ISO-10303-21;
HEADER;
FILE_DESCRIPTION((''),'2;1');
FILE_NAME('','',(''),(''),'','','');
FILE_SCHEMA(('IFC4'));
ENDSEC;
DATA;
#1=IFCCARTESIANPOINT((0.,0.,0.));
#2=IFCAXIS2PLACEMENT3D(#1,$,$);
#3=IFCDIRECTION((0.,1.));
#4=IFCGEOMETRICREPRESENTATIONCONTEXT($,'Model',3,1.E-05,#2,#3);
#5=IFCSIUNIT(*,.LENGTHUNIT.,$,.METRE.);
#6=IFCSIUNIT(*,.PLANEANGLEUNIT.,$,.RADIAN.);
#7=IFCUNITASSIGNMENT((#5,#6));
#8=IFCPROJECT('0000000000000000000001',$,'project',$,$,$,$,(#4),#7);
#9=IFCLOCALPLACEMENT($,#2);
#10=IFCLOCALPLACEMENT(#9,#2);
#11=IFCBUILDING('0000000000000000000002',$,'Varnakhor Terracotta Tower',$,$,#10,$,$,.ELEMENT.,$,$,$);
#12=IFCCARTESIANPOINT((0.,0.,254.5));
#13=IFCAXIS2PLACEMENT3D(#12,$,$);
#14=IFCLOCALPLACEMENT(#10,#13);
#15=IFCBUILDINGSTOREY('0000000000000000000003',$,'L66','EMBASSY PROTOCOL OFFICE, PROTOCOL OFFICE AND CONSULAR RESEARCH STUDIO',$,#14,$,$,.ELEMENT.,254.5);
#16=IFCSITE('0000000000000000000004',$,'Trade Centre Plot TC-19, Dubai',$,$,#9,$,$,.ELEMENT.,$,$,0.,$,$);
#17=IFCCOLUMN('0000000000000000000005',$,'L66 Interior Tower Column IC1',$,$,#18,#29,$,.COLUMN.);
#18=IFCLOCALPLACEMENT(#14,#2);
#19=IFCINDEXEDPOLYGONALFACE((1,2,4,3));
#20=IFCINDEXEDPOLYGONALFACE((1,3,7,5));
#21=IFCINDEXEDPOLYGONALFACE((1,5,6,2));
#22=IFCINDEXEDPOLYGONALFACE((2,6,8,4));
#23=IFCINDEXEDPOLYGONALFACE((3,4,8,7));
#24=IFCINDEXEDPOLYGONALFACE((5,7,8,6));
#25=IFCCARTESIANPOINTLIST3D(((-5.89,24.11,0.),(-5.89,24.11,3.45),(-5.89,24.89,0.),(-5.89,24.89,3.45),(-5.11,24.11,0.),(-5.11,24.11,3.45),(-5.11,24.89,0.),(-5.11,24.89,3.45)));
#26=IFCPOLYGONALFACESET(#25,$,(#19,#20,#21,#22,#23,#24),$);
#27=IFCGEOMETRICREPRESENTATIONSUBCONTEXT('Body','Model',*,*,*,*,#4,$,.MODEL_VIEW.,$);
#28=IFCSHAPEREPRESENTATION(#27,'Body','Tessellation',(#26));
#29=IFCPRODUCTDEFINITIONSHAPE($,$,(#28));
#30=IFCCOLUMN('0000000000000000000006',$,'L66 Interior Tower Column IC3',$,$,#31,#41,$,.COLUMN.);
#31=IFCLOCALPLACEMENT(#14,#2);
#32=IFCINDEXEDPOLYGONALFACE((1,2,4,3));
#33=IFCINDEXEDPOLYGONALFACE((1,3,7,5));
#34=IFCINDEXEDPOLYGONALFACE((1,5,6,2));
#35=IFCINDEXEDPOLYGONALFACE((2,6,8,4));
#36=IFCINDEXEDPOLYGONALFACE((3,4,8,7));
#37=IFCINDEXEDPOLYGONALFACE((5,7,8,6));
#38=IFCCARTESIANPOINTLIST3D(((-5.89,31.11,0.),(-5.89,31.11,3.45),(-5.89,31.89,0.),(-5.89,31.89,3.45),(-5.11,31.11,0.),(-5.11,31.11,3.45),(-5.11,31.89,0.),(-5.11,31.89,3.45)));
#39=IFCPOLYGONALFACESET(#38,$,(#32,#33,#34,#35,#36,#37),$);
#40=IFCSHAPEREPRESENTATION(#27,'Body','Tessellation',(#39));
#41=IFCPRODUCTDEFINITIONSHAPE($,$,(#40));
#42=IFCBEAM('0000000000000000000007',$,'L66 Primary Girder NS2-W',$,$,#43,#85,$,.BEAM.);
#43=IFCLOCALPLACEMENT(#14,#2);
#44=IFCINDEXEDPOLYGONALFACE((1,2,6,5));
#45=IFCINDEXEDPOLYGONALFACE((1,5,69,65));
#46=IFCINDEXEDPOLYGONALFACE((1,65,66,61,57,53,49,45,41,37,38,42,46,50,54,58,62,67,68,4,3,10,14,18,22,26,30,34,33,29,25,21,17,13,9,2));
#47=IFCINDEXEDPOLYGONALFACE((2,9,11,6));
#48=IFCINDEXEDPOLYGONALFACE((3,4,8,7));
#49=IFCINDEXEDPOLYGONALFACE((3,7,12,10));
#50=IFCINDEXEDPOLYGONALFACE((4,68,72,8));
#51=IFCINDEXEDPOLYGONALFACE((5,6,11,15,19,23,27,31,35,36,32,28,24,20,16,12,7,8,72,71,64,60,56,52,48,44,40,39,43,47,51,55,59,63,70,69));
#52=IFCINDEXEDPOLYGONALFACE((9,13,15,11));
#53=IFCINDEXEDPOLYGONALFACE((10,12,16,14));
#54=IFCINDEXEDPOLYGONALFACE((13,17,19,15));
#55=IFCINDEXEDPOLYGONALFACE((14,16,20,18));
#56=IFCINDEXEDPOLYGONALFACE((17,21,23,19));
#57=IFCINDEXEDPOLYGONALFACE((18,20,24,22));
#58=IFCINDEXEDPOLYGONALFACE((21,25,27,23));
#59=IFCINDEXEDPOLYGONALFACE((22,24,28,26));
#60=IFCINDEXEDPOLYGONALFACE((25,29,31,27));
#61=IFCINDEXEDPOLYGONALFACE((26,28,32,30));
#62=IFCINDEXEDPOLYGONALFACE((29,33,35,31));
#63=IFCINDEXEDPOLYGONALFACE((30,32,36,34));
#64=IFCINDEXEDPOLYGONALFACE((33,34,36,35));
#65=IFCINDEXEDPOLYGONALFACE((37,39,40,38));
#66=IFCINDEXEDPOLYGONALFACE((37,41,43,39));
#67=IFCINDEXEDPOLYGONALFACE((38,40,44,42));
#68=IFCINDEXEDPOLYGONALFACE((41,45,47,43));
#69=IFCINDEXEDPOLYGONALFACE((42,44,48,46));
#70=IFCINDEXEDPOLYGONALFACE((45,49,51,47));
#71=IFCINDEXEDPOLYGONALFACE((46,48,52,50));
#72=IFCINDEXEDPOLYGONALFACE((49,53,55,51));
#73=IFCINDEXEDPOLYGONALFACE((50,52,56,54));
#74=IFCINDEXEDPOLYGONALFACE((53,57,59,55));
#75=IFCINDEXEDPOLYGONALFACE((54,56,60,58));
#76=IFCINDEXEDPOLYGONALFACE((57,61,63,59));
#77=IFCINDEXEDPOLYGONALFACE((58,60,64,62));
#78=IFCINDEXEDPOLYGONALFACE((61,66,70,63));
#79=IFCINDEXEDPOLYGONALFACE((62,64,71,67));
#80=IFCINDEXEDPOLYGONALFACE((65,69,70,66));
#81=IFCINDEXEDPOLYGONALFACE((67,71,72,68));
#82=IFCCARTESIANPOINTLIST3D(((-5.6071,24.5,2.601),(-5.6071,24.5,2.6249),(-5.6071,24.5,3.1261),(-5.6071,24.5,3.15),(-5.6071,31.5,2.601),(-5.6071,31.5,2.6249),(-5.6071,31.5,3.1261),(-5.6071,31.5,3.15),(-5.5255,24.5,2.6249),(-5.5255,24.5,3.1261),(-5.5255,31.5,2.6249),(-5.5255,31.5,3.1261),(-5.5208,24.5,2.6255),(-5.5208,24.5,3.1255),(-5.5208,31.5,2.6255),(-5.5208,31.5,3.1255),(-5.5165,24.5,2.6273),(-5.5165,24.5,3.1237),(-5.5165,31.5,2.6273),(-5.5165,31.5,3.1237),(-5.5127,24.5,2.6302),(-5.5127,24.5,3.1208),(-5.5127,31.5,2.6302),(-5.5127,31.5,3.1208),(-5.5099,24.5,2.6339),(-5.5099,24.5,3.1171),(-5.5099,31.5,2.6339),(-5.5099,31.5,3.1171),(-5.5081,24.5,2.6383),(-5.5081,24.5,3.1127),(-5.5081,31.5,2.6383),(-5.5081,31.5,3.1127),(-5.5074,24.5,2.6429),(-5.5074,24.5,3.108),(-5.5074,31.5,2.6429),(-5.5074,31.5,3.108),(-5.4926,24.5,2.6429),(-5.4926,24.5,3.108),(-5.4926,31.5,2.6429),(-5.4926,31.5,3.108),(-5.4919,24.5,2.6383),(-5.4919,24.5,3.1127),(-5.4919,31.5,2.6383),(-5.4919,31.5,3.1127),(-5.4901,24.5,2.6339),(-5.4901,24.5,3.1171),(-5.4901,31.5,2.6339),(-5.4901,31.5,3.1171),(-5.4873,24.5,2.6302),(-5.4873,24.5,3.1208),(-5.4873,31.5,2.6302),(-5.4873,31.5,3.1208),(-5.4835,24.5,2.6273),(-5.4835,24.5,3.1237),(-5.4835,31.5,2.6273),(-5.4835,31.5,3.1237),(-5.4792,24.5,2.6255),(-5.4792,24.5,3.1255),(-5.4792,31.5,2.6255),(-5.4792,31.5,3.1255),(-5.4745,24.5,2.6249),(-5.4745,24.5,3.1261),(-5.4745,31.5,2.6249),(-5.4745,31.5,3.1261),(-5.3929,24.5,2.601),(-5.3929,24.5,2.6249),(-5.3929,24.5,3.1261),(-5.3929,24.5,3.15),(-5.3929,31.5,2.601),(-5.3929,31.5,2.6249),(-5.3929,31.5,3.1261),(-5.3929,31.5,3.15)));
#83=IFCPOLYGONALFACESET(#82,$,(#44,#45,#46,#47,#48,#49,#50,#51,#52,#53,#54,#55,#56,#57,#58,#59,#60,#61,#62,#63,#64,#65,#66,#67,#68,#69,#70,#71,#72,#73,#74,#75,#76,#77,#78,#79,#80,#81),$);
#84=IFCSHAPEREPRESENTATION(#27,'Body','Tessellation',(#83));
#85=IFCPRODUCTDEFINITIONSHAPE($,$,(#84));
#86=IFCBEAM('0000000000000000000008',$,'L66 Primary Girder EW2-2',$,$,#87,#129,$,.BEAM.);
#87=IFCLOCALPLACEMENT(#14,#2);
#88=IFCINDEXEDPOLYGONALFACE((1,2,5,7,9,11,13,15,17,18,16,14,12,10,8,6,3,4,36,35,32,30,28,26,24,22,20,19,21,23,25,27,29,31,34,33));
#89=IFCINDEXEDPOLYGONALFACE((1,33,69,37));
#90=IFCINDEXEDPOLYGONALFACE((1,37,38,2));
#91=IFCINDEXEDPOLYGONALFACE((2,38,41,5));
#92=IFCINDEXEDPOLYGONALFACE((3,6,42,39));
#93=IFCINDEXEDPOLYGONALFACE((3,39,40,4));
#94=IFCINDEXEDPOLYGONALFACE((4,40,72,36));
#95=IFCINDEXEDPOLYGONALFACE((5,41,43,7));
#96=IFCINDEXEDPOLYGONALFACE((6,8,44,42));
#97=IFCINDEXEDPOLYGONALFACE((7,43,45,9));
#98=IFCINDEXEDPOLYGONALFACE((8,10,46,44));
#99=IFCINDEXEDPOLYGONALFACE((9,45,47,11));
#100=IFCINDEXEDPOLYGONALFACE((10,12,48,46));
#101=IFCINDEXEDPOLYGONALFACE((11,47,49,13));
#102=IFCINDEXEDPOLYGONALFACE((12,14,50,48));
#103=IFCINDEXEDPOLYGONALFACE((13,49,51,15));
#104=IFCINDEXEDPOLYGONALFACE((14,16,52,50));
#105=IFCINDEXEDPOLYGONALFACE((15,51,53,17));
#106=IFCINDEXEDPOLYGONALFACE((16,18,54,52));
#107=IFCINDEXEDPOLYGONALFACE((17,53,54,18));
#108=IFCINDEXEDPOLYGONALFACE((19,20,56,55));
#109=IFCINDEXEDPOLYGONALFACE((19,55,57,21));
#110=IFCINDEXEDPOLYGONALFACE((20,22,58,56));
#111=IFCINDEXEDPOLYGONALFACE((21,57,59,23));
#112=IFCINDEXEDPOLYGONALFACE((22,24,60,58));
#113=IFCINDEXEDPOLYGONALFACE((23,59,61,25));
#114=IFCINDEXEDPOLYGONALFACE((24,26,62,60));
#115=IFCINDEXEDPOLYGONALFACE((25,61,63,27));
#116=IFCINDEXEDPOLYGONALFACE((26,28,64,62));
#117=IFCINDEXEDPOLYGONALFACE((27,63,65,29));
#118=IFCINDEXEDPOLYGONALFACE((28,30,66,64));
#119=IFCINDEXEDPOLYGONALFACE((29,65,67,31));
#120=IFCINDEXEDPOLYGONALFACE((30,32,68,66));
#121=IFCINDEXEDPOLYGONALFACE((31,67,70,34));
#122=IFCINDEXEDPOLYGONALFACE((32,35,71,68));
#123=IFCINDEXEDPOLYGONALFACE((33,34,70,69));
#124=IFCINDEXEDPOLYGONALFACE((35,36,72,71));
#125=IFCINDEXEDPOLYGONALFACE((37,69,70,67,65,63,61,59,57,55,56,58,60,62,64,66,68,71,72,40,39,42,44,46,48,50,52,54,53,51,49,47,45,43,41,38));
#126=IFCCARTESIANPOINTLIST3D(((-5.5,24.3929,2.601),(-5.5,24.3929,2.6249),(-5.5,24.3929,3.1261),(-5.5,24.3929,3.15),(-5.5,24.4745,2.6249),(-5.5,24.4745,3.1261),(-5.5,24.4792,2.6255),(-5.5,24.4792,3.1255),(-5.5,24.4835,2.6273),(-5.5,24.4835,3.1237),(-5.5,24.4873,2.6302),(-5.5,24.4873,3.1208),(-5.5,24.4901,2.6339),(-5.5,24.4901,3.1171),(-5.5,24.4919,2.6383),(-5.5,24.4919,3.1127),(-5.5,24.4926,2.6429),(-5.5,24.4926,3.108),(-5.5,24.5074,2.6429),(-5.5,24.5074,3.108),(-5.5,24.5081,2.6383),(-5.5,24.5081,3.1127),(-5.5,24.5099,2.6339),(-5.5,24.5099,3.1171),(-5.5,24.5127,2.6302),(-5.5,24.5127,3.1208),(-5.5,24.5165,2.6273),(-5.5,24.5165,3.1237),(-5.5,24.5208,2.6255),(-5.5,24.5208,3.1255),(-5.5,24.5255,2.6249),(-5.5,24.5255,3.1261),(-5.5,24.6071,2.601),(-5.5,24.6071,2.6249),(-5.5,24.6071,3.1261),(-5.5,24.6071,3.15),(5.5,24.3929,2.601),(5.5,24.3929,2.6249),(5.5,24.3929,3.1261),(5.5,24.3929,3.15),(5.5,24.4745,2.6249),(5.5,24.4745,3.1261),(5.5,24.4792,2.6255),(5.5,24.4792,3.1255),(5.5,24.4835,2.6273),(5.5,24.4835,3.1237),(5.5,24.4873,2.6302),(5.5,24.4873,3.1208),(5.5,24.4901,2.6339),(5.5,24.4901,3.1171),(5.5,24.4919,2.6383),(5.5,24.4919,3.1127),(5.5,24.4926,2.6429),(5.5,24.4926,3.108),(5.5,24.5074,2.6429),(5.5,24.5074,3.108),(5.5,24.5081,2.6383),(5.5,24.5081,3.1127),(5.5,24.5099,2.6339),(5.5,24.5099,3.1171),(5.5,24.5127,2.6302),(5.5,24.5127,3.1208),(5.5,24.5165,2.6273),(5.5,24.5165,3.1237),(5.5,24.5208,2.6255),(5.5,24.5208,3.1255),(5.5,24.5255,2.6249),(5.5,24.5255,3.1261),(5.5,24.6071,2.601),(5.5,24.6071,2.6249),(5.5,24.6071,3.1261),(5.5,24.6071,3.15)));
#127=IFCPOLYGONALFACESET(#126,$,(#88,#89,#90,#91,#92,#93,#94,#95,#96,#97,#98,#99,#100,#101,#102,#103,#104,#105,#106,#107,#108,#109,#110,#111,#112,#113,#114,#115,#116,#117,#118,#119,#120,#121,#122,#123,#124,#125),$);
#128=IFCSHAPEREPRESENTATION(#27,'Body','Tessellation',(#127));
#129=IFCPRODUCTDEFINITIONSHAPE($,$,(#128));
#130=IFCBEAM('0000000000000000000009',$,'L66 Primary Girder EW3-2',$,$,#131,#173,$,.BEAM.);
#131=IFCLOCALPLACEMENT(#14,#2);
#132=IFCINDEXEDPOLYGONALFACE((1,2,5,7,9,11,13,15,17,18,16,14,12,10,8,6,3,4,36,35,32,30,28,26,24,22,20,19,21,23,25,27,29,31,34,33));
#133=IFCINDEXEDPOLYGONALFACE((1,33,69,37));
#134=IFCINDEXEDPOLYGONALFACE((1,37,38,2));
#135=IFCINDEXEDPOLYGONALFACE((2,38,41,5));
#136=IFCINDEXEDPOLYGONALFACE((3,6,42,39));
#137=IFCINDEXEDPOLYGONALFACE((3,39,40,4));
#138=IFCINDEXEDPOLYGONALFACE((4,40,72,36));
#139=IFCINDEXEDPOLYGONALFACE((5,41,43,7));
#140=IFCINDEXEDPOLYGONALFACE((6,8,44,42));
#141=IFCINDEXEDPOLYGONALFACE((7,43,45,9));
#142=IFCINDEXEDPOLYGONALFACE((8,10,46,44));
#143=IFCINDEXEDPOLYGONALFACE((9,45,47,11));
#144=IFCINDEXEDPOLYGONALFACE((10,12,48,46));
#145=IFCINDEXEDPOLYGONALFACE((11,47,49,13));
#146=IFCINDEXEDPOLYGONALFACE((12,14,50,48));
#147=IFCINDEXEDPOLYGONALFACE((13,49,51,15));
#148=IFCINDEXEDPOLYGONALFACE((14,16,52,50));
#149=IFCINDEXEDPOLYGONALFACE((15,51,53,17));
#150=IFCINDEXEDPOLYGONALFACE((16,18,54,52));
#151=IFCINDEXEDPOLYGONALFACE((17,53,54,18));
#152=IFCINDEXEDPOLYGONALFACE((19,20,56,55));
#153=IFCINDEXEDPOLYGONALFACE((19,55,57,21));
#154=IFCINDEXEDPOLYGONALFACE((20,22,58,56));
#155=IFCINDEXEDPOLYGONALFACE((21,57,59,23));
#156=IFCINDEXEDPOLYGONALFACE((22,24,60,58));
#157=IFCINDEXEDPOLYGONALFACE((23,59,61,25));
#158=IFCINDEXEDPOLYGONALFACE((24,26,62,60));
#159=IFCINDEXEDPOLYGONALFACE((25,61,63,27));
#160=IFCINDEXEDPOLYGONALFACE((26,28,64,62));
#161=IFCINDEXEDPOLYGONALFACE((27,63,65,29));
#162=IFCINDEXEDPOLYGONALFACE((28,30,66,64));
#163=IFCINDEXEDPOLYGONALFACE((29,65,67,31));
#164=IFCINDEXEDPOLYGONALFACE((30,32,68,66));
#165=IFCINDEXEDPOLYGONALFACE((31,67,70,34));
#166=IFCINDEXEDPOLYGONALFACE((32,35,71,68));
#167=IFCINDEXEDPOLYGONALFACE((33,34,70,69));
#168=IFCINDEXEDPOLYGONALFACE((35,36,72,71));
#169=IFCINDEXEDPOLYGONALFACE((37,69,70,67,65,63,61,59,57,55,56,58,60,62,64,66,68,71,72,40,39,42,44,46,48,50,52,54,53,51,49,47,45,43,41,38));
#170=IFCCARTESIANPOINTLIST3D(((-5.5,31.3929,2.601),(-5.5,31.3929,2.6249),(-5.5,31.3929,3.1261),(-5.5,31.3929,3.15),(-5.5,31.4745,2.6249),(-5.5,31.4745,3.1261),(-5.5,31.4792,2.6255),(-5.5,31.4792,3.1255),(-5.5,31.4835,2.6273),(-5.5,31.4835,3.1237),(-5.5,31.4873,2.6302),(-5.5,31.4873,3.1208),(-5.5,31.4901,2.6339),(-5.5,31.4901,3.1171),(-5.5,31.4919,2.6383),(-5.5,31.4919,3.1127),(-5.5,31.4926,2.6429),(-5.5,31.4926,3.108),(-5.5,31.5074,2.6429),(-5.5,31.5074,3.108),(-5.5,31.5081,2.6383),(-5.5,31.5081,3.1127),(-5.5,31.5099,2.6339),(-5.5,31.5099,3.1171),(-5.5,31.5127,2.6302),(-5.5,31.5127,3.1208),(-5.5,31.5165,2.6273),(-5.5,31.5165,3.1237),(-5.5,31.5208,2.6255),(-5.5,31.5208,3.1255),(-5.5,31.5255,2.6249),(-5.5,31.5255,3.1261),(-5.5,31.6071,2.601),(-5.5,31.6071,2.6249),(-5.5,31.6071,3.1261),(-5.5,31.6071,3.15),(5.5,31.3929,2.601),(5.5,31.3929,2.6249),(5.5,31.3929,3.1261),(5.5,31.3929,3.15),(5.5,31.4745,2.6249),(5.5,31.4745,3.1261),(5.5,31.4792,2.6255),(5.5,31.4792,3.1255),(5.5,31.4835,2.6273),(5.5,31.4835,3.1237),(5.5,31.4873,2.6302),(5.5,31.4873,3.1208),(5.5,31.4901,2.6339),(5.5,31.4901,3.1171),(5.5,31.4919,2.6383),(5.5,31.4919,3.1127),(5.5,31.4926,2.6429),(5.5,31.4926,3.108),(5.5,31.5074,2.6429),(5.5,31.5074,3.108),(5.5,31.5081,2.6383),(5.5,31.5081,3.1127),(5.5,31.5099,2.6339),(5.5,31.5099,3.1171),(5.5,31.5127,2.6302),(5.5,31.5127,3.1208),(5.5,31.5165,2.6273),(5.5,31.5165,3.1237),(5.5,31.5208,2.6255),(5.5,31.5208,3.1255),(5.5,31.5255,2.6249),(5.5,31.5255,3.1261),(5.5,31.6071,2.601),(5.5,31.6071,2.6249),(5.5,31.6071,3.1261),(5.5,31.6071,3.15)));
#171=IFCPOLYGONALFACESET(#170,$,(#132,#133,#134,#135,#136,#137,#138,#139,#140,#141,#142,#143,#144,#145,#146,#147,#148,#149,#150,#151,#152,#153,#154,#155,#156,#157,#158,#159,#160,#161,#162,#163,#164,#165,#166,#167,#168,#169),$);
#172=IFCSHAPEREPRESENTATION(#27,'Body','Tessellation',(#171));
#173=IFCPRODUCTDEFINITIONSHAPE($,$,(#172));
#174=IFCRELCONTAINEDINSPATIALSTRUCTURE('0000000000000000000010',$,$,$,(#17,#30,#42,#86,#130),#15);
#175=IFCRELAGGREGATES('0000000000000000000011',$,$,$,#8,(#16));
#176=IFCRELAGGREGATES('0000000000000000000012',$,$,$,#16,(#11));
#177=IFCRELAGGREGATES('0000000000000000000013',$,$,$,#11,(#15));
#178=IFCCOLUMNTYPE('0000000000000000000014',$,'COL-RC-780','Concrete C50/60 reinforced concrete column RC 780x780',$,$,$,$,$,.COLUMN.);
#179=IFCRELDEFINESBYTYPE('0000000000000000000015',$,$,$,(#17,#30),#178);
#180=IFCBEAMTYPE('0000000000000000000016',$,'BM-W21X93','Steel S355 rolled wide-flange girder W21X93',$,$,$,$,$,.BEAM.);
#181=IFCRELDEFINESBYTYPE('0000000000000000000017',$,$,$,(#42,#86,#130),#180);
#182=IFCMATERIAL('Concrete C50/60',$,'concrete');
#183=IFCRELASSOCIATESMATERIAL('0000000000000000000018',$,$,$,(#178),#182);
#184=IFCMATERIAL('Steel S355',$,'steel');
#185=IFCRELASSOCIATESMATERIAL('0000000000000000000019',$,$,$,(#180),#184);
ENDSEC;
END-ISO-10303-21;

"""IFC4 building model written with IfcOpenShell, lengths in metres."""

from ifc_helpers import new_model, si_unit, direction, frame, origin, origin_2d, place, context, subcontext, project, spatial, rectangle, i_section, extrude, source, transform, mapped, material, material_profile, profile_set, type_object, element, save


model = new_model("IFC4")

# Units and contexts
model_context = context("Model", 3, precision=1e-05, world=origin(), true_north=direction((0.0, 1.0)))
body_context = subcontext(model_context, "Body", "Model", "MODEL_VIEW")
ifc_project = project(units=[si_unit("LENGTHUNIT", "METRE"), si_unit("PLANEANGLEUNIT", "RADIAN")], contexts=[model_context])

# Site, building, storey
site_placement = place(None, origin())
site = spatial("IfcSite", under=ifc_project, at=site_placement, Name="Trade Centre Plot TC-19, Dubai", CompositionType="ELEMENT", RefElevation=0.0)
building_placement = place(site_placement, origin())
building = spatial("IfcBuilding", under=site, at=building_placement, Name="Varnakhor Terracotta Tower", CompositionType="ELEMENT")
storey_placement = place(building_placement, frame((0.0, 0.0, 254.5)))
storey = spatial("IfcBuildingStorey", under=building, at=storey_placement, Name="L66", Description="EMBASSY PROTOCOL OFFICE, PROTOCOL OFFICE AND CONSULAR RESEARCH STUDIO", CompositionType="ELEMENT", Elevation=254.5)

# Columns
ifc_material_1 = material(Name="Concrete C50/60", Category="concrete")
ifc_material_profile_1 = material_profile(ifc_material_1, rectangle(XDim=0.78, YDim=0.78, at=origin_2d()), Name="RC 780x780")
ifc_profile_set_1 = profile_set([ifc_material_profile_1], Name="Concrete C50/60")
column_type = type_object("IfcColumnType", Name="COL-RC-780", Description="Concrete C50/60 reinforced concrete column RC 780x780", PredefinedType="COLUMN", material=ifc_profile_set_1)
shared_shape_1 = source(origin(), body_context, "Body", "SweptSolid", [
    extrude(rectangle(XDim=0.78, YDim=0.78, at=origin_2d()), origin(), (0.0, 0.0, 1.0), 3.45),
])
for number, where, z_axis, x_axis, name in (
    (1, (-5.5, 24.5, 0.0), (0.0, 0.0, 1.0), (1.0, 0.0, 0.0), "L66 Interior Tower Column IC1"),
    (2, (-5.5, 31.5, 0.0), (0.0, 0.0, 1.0), (1.0, 0.0, 0.0), "L66 Interior Tower Column IC3"),
):
    element("IfcColumn", number, at=place(storey_placement, frame(where, z_axis=z_axis, x_axis=x_axis)), inside=storey, type_object=column_type, Name=name, PredefinedType="COLUMN", context=body_context, shape_type="MappedRepresentation", body=[
        mapped(shared_shape_1, transform((0.0, 0.0, 0.0), scale=1.0)),
    ])

# Beams
ifc_material_2 = material(Name="Steel S355", Category="steel")
ifc_material_profile_2 = material_profile(ifc_material_2, i_section(OverallWidth=0.2141, OverallDepth=0.5491, WebThickness=0.0149, FlangeThickness=0.0239, FilletRadius=0.0181, at=origin_2d()), Name="W21X93")
ifc_profile_set_2 = profile_set([ifc_material_profile_2], Name="Steel S355")
beam_type_1 = type_object("IfcBeamType", Name="BM-W21X93", Description="Steel S355 rolled wide-flange girder W21X93", PredefinedType="BEAM", material=ifc_profile_set_2)
shared_shape_2 = source(origin(), body_context, "Body", "SweptSolid", [
    extrude(i_section(OverallWidth=0.2141, OverallDepth=0.5491, WebThickness=0.0149, FlangeThickness=0.0239, FilletRadius=0.0181, at=origin_2d()), origin(), (0.0, 0.0, 1.0), 7.0),
])
beam_1_placement = place(storey_placement, frame((-5.5, 24.5, 2.8755), z_axis=(0.0, 1.0, 0.0), x_axis=(-1.0, 0.0, 0.0)))
element("IfcBeam", 3, at=beam_1_placement, inside=storey, type_object=beam_type_1, Name="L66 Primary Girder NS2-W", PredefinedType="BEAM", context=body_context, shape_type="MappedRepresentation", body=[
    mapped(shared_shape_2, transform((0.0, 0.0, 0.0), scale=1.0)),
])
shared_shape_3 = source(origin(), body_context, "Body", "SweptSolid", [
    extrude(i_section(OverallWidth=0.2141, OverallDepth=0.5491, WebThickness=0.0149, FlangeThickness=0.0239, FilletRadius=0.0181, at=origin_2d()), origin(), (0.0, 0.0, 1.0), 11.0),
])
for number, where, z_axis, x_axis, name in (
    (4, (-5.5, 24.5, 2.8755), (1.0, 0.0, 0.0), (0.0, 1.0, 0.0), "L66 Primary Girder EW2-2"),
    (5, (-5.5, 31.5, 2.8755), (1.0, 0.0, 0.0), (0.0, 1.0, 0.0), "L66 Primary Girder EW3-2"),
):
    element("IfcBeam", number, at=place(storey_placement, frame(where, z_axis=z_axis, x_axis=x_axis)), inside=storey, type_object=beam_type_1, Name=name, PredefinedType="BEAM", context=body_context, shape_type="MappedRepresentation", body=[
        mapped(shared_shape_3, transform((0.0, 0.0, 0.0), scale=1.0)),
    ])

save(model, "model.ifc")
